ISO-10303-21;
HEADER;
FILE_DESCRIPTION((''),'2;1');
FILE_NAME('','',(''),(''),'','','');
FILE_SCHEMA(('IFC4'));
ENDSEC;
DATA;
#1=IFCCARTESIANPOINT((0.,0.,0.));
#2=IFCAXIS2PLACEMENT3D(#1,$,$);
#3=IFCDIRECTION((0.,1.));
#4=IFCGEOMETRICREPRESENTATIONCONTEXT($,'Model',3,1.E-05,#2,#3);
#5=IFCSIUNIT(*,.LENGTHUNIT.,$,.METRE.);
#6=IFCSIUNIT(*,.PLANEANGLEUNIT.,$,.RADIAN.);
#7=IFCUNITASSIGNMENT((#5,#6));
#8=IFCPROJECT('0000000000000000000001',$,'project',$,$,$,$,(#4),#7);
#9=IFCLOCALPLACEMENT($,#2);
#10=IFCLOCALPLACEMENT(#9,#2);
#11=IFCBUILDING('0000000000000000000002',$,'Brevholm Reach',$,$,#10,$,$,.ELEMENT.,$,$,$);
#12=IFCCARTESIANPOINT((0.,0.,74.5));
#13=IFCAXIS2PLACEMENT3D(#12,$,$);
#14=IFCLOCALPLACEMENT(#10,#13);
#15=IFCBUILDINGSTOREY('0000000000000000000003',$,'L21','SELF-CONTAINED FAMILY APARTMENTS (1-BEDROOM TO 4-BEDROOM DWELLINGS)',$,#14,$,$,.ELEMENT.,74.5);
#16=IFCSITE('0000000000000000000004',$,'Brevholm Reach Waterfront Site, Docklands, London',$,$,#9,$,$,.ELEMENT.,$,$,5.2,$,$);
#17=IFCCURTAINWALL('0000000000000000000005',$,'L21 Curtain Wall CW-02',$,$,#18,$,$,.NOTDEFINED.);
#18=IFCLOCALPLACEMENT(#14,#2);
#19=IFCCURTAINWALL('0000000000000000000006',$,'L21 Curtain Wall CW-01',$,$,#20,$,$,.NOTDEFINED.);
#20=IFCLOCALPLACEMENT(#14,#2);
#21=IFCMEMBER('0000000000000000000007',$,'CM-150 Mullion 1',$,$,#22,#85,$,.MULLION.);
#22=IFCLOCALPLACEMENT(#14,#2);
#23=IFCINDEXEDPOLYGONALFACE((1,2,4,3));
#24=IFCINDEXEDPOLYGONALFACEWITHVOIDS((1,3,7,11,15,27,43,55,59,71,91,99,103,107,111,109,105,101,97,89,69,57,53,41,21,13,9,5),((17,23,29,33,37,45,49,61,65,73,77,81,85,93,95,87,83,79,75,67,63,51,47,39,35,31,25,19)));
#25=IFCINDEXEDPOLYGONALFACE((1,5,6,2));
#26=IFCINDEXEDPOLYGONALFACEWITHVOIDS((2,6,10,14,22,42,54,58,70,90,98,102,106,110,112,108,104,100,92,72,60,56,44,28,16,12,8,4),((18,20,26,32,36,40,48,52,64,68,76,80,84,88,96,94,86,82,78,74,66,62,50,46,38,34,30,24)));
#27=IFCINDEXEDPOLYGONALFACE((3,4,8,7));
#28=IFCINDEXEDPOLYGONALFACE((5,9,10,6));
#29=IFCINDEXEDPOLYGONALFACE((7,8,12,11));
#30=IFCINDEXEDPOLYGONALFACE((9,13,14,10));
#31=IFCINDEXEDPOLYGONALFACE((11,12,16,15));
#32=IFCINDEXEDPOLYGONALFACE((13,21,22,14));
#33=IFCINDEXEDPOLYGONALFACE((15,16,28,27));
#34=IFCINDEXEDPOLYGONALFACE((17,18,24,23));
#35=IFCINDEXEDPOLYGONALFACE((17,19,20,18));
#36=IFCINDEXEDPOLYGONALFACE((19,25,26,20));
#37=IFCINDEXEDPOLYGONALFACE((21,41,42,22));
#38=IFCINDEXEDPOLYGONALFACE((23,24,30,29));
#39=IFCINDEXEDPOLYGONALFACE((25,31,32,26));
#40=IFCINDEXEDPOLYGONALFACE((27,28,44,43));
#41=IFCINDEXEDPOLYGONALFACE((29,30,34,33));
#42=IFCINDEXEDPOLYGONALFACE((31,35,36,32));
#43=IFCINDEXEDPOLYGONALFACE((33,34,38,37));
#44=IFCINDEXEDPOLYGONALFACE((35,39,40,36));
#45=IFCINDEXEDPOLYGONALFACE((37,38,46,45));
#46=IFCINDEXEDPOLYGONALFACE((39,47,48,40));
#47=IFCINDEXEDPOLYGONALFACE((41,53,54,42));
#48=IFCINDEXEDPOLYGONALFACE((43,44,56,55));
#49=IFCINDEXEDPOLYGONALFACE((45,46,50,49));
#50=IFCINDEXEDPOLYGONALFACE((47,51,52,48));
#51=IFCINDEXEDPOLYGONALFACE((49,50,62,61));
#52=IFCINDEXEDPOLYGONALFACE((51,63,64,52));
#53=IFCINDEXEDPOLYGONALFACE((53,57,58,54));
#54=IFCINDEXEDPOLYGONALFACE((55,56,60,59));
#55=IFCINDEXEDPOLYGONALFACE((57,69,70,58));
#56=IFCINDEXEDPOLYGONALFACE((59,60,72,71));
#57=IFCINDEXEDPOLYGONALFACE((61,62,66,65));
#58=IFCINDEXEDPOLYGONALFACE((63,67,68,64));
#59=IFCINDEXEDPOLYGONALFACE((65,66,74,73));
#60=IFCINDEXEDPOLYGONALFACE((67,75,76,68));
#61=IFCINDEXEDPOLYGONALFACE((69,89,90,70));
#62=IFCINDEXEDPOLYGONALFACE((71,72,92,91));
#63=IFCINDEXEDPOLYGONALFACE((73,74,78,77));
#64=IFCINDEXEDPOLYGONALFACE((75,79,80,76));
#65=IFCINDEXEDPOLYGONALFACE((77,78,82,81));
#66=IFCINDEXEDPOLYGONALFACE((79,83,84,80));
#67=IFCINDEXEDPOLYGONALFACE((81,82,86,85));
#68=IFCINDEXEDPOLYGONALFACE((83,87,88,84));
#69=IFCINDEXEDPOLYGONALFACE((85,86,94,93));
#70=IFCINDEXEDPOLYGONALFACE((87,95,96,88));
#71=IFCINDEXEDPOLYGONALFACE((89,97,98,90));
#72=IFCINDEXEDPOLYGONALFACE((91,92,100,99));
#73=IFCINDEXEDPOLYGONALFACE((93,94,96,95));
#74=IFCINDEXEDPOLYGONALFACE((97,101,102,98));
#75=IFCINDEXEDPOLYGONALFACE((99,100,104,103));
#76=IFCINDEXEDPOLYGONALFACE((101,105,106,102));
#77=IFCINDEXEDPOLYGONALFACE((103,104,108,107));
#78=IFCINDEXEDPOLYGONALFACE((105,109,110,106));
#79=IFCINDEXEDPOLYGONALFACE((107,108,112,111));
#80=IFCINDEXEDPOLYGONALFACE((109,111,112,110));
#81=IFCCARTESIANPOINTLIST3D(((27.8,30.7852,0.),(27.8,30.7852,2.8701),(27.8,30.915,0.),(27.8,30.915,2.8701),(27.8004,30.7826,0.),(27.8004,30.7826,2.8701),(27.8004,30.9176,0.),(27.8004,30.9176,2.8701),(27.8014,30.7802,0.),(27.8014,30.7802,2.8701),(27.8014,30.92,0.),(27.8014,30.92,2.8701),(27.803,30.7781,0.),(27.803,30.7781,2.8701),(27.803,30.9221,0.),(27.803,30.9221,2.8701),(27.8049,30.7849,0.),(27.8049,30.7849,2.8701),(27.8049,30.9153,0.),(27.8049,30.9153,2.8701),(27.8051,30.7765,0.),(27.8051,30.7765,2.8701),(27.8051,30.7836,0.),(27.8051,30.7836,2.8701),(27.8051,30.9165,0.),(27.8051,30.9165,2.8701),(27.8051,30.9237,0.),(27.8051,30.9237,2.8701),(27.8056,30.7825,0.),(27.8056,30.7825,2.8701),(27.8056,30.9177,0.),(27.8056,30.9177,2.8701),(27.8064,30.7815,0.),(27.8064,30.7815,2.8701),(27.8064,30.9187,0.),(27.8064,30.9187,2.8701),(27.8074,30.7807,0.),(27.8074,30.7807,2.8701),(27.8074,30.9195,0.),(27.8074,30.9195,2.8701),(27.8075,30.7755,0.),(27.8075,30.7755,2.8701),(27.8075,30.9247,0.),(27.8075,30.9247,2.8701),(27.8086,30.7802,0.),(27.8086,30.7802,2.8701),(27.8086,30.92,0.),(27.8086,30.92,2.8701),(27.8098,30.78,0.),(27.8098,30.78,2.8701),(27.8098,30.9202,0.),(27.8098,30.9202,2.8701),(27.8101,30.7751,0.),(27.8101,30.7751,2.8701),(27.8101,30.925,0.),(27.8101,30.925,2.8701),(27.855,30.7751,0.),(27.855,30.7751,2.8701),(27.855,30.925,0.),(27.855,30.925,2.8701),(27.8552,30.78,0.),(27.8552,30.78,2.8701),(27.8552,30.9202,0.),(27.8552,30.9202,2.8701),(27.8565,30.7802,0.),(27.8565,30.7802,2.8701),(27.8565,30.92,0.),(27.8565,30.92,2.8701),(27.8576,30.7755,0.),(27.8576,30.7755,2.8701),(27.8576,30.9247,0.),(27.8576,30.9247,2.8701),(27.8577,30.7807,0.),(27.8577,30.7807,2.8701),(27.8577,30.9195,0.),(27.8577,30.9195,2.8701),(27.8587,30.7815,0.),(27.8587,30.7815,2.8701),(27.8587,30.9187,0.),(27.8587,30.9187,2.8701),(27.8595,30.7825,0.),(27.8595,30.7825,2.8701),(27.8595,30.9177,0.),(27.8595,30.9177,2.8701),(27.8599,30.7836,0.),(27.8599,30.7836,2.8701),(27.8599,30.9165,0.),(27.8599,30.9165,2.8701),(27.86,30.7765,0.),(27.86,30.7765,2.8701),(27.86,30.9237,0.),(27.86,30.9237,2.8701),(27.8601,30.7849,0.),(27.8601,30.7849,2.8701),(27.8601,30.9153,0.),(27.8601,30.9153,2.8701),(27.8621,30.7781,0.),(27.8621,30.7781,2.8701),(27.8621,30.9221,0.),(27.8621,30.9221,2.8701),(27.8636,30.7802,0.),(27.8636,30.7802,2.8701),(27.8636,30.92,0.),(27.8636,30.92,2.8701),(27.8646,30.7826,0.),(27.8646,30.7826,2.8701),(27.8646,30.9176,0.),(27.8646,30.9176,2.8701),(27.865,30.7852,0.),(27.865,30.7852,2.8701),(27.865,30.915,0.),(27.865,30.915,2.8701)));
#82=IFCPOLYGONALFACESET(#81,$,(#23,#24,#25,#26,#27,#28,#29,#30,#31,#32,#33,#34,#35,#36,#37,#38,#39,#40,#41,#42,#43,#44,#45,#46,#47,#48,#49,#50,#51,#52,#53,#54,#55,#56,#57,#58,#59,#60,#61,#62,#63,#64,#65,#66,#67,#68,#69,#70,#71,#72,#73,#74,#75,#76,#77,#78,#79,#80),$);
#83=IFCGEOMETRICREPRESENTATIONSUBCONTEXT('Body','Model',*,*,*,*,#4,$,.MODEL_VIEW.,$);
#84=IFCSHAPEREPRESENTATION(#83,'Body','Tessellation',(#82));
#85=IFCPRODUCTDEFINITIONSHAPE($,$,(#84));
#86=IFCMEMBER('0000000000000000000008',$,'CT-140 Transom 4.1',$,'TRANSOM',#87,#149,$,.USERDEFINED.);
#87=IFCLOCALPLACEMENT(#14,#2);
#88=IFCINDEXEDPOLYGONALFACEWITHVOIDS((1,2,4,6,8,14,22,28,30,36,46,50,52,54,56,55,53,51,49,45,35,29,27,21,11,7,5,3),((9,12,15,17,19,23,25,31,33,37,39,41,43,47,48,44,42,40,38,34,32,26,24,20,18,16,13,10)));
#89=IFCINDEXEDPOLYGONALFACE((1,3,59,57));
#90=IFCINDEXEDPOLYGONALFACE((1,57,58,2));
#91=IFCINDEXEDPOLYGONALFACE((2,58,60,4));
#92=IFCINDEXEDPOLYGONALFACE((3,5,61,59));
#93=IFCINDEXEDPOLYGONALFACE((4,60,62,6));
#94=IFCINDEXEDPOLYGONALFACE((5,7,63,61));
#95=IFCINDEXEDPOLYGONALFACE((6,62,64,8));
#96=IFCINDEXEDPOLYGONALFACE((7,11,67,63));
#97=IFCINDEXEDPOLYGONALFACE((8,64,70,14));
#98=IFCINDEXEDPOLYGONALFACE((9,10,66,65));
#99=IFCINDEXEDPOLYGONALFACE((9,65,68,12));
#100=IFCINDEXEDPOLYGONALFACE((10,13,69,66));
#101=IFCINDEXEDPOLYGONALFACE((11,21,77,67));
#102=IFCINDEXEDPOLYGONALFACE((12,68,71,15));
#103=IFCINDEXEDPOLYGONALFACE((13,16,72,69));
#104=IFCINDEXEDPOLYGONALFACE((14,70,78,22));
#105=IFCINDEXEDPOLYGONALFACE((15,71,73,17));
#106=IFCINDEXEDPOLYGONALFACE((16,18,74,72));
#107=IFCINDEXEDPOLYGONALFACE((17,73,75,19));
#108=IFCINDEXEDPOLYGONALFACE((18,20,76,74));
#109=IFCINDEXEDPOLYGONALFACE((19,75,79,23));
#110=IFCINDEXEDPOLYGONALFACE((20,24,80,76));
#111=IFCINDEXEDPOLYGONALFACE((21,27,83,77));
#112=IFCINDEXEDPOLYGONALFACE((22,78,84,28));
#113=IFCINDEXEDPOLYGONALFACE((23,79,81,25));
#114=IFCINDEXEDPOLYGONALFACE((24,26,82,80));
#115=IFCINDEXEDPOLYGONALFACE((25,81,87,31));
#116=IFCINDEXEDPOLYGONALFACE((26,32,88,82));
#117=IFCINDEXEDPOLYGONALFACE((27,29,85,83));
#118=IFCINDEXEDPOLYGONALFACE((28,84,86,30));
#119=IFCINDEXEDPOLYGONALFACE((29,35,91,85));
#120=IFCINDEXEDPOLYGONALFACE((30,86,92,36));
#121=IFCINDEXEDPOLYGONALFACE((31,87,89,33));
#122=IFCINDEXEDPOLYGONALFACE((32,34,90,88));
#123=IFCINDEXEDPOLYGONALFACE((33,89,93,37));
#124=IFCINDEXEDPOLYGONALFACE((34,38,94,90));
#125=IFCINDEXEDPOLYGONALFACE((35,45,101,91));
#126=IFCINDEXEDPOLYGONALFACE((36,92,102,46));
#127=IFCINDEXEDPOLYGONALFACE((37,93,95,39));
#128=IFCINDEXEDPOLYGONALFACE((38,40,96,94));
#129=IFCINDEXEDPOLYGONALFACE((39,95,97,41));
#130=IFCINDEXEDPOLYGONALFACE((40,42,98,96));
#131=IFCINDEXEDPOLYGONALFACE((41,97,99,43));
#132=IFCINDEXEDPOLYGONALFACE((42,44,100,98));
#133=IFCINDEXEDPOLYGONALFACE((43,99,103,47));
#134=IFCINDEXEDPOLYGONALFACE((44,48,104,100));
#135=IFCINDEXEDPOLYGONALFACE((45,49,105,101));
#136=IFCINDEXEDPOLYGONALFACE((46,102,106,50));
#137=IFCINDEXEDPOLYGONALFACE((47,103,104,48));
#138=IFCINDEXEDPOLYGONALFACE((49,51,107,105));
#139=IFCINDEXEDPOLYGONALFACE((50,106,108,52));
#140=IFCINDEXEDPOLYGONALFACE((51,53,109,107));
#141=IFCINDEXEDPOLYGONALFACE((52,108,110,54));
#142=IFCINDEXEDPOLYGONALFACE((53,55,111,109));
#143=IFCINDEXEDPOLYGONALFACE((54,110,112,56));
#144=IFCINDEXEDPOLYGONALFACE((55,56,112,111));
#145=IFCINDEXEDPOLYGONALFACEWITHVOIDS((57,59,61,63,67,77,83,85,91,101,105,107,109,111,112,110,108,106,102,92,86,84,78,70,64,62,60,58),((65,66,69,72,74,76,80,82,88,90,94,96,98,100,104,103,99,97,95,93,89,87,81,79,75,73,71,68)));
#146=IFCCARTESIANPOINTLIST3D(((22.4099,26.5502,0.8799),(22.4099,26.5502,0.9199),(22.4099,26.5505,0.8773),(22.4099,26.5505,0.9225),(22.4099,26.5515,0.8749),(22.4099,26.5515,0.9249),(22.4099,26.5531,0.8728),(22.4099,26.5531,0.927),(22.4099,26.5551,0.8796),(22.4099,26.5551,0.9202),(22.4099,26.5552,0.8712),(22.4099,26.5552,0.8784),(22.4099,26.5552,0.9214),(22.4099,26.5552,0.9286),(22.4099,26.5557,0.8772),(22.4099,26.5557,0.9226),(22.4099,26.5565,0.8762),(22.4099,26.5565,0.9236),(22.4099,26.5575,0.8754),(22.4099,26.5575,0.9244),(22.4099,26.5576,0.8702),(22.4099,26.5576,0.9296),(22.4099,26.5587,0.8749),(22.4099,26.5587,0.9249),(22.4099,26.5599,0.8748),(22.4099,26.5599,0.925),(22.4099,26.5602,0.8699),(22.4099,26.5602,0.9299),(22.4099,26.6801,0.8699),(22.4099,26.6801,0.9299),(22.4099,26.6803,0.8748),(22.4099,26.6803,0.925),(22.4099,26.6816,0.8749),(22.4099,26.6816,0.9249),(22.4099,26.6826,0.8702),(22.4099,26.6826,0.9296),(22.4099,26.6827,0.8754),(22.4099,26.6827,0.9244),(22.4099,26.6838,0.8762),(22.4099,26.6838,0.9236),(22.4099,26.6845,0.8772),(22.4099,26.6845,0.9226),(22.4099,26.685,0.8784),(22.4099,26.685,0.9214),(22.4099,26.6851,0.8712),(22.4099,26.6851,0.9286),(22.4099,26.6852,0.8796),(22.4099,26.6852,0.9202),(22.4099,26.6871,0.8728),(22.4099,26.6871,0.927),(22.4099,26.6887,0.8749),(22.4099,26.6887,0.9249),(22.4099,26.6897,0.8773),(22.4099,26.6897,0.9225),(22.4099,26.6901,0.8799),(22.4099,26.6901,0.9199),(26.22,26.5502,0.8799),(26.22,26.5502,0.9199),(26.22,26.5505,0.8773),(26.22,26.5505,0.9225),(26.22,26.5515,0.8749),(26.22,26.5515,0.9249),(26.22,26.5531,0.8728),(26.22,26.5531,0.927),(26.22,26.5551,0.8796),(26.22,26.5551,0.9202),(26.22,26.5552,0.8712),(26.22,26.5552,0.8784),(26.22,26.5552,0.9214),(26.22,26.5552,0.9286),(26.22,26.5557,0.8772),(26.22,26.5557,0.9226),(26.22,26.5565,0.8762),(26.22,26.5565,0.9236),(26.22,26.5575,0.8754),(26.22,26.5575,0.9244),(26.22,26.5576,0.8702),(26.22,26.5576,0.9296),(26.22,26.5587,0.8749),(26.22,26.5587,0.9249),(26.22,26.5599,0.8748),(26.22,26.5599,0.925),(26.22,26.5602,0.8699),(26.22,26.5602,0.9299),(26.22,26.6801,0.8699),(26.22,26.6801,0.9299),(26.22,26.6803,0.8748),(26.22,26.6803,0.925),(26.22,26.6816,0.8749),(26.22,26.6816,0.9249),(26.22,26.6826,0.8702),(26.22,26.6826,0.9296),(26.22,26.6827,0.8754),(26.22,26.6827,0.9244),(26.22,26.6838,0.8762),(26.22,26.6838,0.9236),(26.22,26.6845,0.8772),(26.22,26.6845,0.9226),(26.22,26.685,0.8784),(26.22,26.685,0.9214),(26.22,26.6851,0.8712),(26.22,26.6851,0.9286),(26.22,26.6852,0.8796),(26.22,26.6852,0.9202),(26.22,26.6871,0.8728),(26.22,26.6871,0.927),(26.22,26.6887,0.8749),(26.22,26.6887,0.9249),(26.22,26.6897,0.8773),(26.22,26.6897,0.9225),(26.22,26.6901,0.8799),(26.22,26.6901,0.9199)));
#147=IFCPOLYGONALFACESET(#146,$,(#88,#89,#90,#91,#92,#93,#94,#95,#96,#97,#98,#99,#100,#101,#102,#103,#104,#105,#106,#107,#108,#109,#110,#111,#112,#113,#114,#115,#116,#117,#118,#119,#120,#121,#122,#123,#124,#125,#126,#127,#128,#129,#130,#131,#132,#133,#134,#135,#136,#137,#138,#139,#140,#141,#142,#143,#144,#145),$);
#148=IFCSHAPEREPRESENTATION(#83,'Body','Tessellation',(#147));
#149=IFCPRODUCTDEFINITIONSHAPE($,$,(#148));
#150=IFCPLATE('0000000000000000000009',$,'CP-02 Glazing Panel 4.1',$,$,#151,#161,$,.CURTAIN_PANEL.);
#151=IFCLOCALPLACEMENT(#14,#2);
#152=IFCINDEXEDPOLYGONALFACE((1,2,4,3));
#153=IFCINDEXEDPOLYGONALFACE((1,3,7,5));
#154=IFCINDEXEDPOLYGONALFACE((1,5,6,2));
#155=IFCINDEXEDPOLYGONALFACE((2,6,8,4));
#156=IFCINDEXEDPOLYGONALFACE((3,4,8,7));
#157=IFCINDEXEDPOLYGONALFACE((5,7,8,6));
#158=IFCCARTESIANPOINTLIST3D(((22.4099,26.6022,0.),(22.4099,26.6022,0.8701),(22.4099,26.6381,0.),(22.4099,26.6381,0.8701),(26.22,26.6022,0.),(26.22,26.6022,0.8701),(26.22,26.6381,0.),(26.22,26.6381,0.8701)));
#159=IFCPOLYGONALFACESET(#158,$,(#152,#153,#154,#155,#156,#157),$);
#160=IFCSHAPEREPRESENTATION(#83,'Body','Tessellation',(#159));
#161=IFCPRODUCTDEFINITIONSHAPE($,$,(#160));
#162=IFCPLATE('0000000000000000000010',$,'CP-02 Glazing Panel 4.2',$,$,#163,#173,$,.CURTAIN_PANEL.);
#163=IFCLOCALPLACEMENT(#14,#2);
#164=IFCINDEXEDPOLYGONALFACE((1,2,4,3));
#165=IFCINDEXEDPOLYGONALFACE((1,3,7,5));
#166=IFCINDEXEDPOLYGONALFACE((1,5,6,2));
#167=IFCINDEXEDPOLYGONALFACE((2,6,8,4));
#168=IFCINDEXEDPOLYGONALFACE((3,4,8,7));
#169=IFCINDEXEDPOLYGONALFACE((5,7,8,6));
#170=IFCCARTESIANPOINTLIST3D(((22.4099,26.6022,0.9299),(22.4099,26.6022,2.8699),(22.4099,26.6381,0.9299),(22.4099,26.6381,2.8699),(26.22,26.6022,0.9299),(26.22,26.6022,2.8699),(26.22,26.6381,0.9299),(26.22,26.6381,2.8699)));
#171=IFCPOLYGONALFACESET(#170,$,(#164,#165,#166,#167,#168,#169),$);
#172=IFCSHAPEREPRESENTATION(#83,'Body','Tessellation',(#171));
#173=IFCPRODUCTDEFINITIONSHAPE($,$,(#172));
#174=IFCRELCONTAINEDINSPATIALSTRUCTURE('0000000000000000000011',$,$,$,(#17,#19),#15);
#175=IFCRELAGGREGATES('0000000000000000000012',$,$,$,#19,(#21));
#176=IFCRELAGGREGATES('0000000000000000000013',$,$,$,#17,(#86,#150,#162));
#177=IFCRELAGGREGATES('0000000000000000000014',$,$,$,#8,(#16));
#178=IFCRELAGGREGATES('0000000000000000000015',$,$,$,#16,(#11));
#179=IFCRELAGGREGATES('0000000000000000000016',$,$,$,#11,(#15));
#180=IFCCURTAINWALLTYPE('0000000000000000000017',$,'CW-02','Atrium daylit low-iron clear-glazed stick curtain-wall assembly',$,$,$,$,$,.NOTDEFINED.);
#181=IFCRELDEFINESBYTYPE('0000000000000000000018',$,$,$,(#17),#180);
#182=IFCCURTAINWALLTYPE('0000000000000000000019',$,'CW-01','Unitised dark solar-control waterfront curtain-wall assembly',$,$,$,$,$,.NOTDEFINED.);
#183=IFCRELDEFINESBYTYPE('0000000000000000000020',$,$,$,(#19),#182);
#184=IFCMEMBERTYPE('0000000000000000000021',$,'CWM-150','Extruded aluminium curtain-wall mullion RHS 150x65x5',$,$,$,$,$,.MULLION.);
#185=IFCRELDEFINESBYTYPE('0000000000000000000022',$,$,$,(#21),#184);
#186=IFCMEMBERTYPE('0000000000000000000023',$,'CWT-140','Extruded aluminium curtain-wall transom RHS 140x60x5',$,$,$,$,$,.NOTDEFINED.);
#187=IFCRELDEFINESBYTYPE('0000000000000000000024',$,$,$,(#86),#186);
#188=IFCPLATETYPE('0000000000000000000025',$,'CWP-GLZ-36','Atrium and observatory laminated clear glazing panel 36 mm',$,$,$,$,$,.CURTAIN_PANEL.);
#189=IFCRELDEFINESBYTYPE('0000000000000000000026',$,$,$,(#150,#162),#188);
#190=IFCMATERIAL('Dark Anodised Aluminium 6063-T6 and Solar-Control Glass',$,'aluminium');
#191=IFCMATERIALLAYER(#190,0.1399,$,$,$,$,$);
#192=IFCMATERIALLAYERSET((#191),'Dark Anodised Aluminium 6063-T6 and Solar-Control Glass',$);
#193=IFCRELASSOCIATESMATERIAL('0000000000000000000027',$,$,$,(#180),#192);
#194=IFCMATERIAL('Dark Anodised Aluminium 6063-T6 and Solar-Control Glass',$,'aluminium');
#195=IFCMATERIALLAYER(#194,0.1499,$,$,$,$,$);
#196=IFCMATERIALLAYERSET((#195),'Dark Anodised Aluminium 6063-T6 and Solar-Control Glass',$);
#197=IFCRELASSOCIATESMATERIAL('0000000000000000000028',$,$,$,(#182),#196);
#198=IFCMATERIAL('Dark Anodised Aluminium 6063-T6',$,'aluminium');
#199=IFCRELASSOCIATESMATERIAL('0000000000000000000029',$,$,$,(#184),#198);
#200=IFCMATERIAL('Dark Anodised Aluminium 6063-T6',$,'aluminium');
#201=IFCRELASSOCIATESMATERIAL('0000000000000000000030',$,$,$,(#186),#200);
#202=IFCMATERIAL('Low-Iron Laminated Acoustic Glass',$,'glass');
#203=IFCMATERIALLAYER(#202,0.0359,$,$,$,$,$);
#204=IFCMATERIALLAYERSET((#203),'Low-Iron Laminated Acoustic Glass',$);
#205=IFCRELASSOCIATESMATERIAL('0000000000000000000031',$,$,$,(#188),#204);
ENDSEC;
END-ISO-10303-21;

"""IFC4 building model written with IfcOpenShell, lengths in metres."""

from ifc_helpers import new_model, si_unit, direction, frame, origin, origin_2d, place, context, subcontext, project, spatial, rectangle, hollow_rectangle, extrude, material, layer, layer_set, material_profile, profile_set, type_object, element, aggregate, save


model = new_model("IFC4")

# Units and contexts
model_context = context("Model", 3, precision=1e-05, world=origin(), true_north=direction((0.0, 1.0)))
body_context = subcontext(model_context, "Body", "Model", "MODEL_VIEW")
ifc_project = project(units=[si_unit("LENGTHUNIT", "METRE"), si_unit("PLANEANGLEUNIT", "RADIAN")], contexts=[model_context])

# Site, building, storey
site_placement = place(None, origin())
site = spatial("IfcSite", under=ifc_project, at=site_placement, Name="Brevholm Reach Waterfront Site, Docklands, London", CompositionType="ELEMENT", RefElevation=5.2)
building_placement = place(site_placement, origin())
building = spatial("IfcBuilding", under=site, at=building_placement, Name="Brevholm Reach", CompositionType="ELEMENT")
storey_placement = place(building_placement, frame((0.0, 0.0, 74.5)))
storey = spatial("IfcBuildingStorey", under=building, at=storey_placement, Name="L21", Description="SELF-CONTAINED FAMILY APARTMENTS (1-BEDROOM TO 4-BEDROOM DWELLINGS)", CompositionType="ELEMENT", Elevation=74.5)

# Curtain wall
ifc_material_1 = material(Name="Dark Anodised Aluminium 6063-T6 and Solar-Control Glass", Category="aluminium")
ifc_layer_1 = layer(ifc_material_1, 0.1399)
ifc_layer_set_1 = layer_set([ifc_layer_1], Name="Dark Anodised Aluminium 6063-T6 and Solar-Control Glass")
curtain_wall_type_1 = type_object("IfcCurtainWallType", Name="CW-02", Description="Atrium daylit low-iron clear-glazed stick curtain-wall assembly", PredefinedType="NOTDEFINED", material=ifc_layer_set_1)
curtain_wall_1_placement = place(storey_placement, origin())
curtain_wall_1 = element("IfcCurtainWall", 1, at=curtain_wall_1_placement, inside=storey, type_object=curtain_wall_type_1, Name="L21 Curtain Wall CW-02", PredefinedType="NOTDEFINED")

# Curtain wall, member
ifc_material_2 = material(Name="Dark Anodised Aluminium 6063-T6 and Solar-Control Glass", Category="aluminium")
ifc_layer_2 = layer(ifc_material_2, 0.1499)
ifc_layer_set_2 = layer_set([ifc_layer_2], Name="Dark Anodised Aluminium 6063-T6 and Solar-Control Glass")
curtain_wall_type_2 = type_object("IfcCurtainWallType", Name="CW-01", Description="Unitised dark solar-control waterfront curtain-wall assembly", PredefinedType="NOTDEFINED", material=ifc_layer_set_2)
curtain_wall_2_placement = place(storey_placement, origin())
curtain_wall_2 = element("IfcCurtainWall", 2, at=curtain_wall_2_placement, inside=storey, type_object=curtain_wall_type_2, Name="L21 Curtain Wall CW-01", PredefinedType="NOTDEFINED")
ifc_material_3 = material(Name="Dark Anodised Aluminium 6063-T6", Category="aluminium")
ifc_material_profile_1 = material_profile(ifc_material_3, hollow_rectangle(XDim=0.0649, YDim=0.1499, WallThickness=0.0049, InnerFilletRadius=0.0049, OuterFilletRadius=0.01, at=origin_2d()), Name="RHS 150x65x5")
ifc_profile_set_1 = profile_set([ifc_material_profile_1], Name="Dark Anodised Aluminium 6063-T6")
member_type_1 = type_object("IfcMemberType", Name="CWM-150", Description="Extruded aluminium curtain-wall mullion RHS 150x65x5", PredefinedType="MULLION", material=ifc_profile_set_1)
member_1_placement = place(storey_placement, frame((27.8325, 30.8501, 0.0), z_axis=(0.0, 0.0, 1.0), x_axis=(1.0, 0.0, 0.0)))
member_1 = element("IfcMember", 3, at=member_1_placement, type_object=member_type_1, Name="CM-150 Mullion 1", PredefinedType="MULLION", context=body_context, shape_type="SweptSolid", body=[
    extrude(hollow_rectangle(XDim=0.0649, YDim=0.1499, WallThickness=0.0049, InnerFilletRadius=0.0049, OuterFilletRadius=0.01, at=origin_2d()), origin(), (0.0, 0.0, 1.0), 2.8701),
])
aggregate(curtain_wall_2, [member_1])

# Member
ifc_material_4 = material(Name="Dark Anodised Aluminium 6063-T6", Category="aluminium")
ifc_material_profile_2 = material_profile(ifc_material_4, hollow_rectangle(XDim=0.0601, YDim=0.1399, WallThickness=0.0049, InnerFilletRadius=0.0049, OuterFilletRadius=0.01, at=origin_2d()), Name="RHS 140x60x5")
ifc_profile_set_2 = profile_set([ifc_material_profile_2], Name="Dark Anodised Aluminium 6063-T6")
member_type_2 = type_object("IfcMemberType", Name="CWT-140", Description="Extruded aluminium curtain-wall transom RHS 140x60x5", PredefinedType="NOTDEFINED", material=ifc_profile_set_2)
member_2_placement = place(storey_placement, frame((26.22, 26.6201, 0.8999), z_axis=(-1.0, 0.0, 0.0), x_axis=(0.0, 0.0, 1.0)))
member_2 = element("IfcMember", 4, at=member_2_placement, type_object=member_type_2, Name="CT-140 Transom 4.1", ObjectType="TRANSOM", PredefinedType="USERDEFINED", context=body_context, shape_type="SweptSolid", body=[
    extrude(hollow_rectangle(XDim=0.0601, YDim=0.1399, WallThickness=0.0049, InnerFilletRadius=0.0049, OuterFilletRadius=0.01, at=origin_2d()), origin(), (0.0, 0.0, 1.0), 3.8101),
])

# Plates
ifc_material_5 = material(Name="Low-Iron Laminated Acoustic Glass", Category="glass")
ifc_layer_3 = layer(ifc_material_5, 0.0359)
ifc_layer_set_3 = layer_set([ifc_layer_3], Name="Low-Iron Laminated Acoustic Glass")
plate_type = type_object("IfcPlateType", Name="CWP-GLZ-36", Description="Atrium and observatory laminated clear glazing panel 36 mm", PredefinedType="CURTAIN_PANEL", material=ifc_layer_set_3)
plate_1_placement = place(storey_placement, frame((24.3149, 26.6201, 0.0), z_axis=(0.0, 0.0, 1.0), x_axis=(-1.0, 0.0, 0.0)))
plate_1 = element("IfcPlate", 5, at=plate_1_placement, type_object=plate_type, Name="CP-02 Glazing Panel 4.1", PredefinedType="CURTAIN_PANEL", context=body_context, shape_type="SweptSolid", body=[
    extrude(rectangle(XDim=3.8101, YDim=0.0359, at=origin_2d()), origin(), (0.0, 0.0, 1.0), 0.8701),
])
plate_2_placement = place(storey_placement, frame((24.3149, 26.6201, 0.9299), z_axis=(0.0, 0.0, 1.0), x_axis=(-1.0, 0.0, 0.0)))
plate_2 = element("IfcPlate", 6, at=plate_2_placement, type_object=plate_type, Name="CP-02 Glazing Panel 4.2", PredefinedType="CURTAIN_PANEL", context=body_context, shape_type="SweptSolid", body=[
    extrude(rectangle(XDim=3.8101, YDim=0.0359, at=origin_2d()), origin(), (0.0, 0.0, 1.0), 1.9399),
])
aggregate(curtain_wall_1, [member_2, plate_1, plate_2])

save(model, "model.ifc")
